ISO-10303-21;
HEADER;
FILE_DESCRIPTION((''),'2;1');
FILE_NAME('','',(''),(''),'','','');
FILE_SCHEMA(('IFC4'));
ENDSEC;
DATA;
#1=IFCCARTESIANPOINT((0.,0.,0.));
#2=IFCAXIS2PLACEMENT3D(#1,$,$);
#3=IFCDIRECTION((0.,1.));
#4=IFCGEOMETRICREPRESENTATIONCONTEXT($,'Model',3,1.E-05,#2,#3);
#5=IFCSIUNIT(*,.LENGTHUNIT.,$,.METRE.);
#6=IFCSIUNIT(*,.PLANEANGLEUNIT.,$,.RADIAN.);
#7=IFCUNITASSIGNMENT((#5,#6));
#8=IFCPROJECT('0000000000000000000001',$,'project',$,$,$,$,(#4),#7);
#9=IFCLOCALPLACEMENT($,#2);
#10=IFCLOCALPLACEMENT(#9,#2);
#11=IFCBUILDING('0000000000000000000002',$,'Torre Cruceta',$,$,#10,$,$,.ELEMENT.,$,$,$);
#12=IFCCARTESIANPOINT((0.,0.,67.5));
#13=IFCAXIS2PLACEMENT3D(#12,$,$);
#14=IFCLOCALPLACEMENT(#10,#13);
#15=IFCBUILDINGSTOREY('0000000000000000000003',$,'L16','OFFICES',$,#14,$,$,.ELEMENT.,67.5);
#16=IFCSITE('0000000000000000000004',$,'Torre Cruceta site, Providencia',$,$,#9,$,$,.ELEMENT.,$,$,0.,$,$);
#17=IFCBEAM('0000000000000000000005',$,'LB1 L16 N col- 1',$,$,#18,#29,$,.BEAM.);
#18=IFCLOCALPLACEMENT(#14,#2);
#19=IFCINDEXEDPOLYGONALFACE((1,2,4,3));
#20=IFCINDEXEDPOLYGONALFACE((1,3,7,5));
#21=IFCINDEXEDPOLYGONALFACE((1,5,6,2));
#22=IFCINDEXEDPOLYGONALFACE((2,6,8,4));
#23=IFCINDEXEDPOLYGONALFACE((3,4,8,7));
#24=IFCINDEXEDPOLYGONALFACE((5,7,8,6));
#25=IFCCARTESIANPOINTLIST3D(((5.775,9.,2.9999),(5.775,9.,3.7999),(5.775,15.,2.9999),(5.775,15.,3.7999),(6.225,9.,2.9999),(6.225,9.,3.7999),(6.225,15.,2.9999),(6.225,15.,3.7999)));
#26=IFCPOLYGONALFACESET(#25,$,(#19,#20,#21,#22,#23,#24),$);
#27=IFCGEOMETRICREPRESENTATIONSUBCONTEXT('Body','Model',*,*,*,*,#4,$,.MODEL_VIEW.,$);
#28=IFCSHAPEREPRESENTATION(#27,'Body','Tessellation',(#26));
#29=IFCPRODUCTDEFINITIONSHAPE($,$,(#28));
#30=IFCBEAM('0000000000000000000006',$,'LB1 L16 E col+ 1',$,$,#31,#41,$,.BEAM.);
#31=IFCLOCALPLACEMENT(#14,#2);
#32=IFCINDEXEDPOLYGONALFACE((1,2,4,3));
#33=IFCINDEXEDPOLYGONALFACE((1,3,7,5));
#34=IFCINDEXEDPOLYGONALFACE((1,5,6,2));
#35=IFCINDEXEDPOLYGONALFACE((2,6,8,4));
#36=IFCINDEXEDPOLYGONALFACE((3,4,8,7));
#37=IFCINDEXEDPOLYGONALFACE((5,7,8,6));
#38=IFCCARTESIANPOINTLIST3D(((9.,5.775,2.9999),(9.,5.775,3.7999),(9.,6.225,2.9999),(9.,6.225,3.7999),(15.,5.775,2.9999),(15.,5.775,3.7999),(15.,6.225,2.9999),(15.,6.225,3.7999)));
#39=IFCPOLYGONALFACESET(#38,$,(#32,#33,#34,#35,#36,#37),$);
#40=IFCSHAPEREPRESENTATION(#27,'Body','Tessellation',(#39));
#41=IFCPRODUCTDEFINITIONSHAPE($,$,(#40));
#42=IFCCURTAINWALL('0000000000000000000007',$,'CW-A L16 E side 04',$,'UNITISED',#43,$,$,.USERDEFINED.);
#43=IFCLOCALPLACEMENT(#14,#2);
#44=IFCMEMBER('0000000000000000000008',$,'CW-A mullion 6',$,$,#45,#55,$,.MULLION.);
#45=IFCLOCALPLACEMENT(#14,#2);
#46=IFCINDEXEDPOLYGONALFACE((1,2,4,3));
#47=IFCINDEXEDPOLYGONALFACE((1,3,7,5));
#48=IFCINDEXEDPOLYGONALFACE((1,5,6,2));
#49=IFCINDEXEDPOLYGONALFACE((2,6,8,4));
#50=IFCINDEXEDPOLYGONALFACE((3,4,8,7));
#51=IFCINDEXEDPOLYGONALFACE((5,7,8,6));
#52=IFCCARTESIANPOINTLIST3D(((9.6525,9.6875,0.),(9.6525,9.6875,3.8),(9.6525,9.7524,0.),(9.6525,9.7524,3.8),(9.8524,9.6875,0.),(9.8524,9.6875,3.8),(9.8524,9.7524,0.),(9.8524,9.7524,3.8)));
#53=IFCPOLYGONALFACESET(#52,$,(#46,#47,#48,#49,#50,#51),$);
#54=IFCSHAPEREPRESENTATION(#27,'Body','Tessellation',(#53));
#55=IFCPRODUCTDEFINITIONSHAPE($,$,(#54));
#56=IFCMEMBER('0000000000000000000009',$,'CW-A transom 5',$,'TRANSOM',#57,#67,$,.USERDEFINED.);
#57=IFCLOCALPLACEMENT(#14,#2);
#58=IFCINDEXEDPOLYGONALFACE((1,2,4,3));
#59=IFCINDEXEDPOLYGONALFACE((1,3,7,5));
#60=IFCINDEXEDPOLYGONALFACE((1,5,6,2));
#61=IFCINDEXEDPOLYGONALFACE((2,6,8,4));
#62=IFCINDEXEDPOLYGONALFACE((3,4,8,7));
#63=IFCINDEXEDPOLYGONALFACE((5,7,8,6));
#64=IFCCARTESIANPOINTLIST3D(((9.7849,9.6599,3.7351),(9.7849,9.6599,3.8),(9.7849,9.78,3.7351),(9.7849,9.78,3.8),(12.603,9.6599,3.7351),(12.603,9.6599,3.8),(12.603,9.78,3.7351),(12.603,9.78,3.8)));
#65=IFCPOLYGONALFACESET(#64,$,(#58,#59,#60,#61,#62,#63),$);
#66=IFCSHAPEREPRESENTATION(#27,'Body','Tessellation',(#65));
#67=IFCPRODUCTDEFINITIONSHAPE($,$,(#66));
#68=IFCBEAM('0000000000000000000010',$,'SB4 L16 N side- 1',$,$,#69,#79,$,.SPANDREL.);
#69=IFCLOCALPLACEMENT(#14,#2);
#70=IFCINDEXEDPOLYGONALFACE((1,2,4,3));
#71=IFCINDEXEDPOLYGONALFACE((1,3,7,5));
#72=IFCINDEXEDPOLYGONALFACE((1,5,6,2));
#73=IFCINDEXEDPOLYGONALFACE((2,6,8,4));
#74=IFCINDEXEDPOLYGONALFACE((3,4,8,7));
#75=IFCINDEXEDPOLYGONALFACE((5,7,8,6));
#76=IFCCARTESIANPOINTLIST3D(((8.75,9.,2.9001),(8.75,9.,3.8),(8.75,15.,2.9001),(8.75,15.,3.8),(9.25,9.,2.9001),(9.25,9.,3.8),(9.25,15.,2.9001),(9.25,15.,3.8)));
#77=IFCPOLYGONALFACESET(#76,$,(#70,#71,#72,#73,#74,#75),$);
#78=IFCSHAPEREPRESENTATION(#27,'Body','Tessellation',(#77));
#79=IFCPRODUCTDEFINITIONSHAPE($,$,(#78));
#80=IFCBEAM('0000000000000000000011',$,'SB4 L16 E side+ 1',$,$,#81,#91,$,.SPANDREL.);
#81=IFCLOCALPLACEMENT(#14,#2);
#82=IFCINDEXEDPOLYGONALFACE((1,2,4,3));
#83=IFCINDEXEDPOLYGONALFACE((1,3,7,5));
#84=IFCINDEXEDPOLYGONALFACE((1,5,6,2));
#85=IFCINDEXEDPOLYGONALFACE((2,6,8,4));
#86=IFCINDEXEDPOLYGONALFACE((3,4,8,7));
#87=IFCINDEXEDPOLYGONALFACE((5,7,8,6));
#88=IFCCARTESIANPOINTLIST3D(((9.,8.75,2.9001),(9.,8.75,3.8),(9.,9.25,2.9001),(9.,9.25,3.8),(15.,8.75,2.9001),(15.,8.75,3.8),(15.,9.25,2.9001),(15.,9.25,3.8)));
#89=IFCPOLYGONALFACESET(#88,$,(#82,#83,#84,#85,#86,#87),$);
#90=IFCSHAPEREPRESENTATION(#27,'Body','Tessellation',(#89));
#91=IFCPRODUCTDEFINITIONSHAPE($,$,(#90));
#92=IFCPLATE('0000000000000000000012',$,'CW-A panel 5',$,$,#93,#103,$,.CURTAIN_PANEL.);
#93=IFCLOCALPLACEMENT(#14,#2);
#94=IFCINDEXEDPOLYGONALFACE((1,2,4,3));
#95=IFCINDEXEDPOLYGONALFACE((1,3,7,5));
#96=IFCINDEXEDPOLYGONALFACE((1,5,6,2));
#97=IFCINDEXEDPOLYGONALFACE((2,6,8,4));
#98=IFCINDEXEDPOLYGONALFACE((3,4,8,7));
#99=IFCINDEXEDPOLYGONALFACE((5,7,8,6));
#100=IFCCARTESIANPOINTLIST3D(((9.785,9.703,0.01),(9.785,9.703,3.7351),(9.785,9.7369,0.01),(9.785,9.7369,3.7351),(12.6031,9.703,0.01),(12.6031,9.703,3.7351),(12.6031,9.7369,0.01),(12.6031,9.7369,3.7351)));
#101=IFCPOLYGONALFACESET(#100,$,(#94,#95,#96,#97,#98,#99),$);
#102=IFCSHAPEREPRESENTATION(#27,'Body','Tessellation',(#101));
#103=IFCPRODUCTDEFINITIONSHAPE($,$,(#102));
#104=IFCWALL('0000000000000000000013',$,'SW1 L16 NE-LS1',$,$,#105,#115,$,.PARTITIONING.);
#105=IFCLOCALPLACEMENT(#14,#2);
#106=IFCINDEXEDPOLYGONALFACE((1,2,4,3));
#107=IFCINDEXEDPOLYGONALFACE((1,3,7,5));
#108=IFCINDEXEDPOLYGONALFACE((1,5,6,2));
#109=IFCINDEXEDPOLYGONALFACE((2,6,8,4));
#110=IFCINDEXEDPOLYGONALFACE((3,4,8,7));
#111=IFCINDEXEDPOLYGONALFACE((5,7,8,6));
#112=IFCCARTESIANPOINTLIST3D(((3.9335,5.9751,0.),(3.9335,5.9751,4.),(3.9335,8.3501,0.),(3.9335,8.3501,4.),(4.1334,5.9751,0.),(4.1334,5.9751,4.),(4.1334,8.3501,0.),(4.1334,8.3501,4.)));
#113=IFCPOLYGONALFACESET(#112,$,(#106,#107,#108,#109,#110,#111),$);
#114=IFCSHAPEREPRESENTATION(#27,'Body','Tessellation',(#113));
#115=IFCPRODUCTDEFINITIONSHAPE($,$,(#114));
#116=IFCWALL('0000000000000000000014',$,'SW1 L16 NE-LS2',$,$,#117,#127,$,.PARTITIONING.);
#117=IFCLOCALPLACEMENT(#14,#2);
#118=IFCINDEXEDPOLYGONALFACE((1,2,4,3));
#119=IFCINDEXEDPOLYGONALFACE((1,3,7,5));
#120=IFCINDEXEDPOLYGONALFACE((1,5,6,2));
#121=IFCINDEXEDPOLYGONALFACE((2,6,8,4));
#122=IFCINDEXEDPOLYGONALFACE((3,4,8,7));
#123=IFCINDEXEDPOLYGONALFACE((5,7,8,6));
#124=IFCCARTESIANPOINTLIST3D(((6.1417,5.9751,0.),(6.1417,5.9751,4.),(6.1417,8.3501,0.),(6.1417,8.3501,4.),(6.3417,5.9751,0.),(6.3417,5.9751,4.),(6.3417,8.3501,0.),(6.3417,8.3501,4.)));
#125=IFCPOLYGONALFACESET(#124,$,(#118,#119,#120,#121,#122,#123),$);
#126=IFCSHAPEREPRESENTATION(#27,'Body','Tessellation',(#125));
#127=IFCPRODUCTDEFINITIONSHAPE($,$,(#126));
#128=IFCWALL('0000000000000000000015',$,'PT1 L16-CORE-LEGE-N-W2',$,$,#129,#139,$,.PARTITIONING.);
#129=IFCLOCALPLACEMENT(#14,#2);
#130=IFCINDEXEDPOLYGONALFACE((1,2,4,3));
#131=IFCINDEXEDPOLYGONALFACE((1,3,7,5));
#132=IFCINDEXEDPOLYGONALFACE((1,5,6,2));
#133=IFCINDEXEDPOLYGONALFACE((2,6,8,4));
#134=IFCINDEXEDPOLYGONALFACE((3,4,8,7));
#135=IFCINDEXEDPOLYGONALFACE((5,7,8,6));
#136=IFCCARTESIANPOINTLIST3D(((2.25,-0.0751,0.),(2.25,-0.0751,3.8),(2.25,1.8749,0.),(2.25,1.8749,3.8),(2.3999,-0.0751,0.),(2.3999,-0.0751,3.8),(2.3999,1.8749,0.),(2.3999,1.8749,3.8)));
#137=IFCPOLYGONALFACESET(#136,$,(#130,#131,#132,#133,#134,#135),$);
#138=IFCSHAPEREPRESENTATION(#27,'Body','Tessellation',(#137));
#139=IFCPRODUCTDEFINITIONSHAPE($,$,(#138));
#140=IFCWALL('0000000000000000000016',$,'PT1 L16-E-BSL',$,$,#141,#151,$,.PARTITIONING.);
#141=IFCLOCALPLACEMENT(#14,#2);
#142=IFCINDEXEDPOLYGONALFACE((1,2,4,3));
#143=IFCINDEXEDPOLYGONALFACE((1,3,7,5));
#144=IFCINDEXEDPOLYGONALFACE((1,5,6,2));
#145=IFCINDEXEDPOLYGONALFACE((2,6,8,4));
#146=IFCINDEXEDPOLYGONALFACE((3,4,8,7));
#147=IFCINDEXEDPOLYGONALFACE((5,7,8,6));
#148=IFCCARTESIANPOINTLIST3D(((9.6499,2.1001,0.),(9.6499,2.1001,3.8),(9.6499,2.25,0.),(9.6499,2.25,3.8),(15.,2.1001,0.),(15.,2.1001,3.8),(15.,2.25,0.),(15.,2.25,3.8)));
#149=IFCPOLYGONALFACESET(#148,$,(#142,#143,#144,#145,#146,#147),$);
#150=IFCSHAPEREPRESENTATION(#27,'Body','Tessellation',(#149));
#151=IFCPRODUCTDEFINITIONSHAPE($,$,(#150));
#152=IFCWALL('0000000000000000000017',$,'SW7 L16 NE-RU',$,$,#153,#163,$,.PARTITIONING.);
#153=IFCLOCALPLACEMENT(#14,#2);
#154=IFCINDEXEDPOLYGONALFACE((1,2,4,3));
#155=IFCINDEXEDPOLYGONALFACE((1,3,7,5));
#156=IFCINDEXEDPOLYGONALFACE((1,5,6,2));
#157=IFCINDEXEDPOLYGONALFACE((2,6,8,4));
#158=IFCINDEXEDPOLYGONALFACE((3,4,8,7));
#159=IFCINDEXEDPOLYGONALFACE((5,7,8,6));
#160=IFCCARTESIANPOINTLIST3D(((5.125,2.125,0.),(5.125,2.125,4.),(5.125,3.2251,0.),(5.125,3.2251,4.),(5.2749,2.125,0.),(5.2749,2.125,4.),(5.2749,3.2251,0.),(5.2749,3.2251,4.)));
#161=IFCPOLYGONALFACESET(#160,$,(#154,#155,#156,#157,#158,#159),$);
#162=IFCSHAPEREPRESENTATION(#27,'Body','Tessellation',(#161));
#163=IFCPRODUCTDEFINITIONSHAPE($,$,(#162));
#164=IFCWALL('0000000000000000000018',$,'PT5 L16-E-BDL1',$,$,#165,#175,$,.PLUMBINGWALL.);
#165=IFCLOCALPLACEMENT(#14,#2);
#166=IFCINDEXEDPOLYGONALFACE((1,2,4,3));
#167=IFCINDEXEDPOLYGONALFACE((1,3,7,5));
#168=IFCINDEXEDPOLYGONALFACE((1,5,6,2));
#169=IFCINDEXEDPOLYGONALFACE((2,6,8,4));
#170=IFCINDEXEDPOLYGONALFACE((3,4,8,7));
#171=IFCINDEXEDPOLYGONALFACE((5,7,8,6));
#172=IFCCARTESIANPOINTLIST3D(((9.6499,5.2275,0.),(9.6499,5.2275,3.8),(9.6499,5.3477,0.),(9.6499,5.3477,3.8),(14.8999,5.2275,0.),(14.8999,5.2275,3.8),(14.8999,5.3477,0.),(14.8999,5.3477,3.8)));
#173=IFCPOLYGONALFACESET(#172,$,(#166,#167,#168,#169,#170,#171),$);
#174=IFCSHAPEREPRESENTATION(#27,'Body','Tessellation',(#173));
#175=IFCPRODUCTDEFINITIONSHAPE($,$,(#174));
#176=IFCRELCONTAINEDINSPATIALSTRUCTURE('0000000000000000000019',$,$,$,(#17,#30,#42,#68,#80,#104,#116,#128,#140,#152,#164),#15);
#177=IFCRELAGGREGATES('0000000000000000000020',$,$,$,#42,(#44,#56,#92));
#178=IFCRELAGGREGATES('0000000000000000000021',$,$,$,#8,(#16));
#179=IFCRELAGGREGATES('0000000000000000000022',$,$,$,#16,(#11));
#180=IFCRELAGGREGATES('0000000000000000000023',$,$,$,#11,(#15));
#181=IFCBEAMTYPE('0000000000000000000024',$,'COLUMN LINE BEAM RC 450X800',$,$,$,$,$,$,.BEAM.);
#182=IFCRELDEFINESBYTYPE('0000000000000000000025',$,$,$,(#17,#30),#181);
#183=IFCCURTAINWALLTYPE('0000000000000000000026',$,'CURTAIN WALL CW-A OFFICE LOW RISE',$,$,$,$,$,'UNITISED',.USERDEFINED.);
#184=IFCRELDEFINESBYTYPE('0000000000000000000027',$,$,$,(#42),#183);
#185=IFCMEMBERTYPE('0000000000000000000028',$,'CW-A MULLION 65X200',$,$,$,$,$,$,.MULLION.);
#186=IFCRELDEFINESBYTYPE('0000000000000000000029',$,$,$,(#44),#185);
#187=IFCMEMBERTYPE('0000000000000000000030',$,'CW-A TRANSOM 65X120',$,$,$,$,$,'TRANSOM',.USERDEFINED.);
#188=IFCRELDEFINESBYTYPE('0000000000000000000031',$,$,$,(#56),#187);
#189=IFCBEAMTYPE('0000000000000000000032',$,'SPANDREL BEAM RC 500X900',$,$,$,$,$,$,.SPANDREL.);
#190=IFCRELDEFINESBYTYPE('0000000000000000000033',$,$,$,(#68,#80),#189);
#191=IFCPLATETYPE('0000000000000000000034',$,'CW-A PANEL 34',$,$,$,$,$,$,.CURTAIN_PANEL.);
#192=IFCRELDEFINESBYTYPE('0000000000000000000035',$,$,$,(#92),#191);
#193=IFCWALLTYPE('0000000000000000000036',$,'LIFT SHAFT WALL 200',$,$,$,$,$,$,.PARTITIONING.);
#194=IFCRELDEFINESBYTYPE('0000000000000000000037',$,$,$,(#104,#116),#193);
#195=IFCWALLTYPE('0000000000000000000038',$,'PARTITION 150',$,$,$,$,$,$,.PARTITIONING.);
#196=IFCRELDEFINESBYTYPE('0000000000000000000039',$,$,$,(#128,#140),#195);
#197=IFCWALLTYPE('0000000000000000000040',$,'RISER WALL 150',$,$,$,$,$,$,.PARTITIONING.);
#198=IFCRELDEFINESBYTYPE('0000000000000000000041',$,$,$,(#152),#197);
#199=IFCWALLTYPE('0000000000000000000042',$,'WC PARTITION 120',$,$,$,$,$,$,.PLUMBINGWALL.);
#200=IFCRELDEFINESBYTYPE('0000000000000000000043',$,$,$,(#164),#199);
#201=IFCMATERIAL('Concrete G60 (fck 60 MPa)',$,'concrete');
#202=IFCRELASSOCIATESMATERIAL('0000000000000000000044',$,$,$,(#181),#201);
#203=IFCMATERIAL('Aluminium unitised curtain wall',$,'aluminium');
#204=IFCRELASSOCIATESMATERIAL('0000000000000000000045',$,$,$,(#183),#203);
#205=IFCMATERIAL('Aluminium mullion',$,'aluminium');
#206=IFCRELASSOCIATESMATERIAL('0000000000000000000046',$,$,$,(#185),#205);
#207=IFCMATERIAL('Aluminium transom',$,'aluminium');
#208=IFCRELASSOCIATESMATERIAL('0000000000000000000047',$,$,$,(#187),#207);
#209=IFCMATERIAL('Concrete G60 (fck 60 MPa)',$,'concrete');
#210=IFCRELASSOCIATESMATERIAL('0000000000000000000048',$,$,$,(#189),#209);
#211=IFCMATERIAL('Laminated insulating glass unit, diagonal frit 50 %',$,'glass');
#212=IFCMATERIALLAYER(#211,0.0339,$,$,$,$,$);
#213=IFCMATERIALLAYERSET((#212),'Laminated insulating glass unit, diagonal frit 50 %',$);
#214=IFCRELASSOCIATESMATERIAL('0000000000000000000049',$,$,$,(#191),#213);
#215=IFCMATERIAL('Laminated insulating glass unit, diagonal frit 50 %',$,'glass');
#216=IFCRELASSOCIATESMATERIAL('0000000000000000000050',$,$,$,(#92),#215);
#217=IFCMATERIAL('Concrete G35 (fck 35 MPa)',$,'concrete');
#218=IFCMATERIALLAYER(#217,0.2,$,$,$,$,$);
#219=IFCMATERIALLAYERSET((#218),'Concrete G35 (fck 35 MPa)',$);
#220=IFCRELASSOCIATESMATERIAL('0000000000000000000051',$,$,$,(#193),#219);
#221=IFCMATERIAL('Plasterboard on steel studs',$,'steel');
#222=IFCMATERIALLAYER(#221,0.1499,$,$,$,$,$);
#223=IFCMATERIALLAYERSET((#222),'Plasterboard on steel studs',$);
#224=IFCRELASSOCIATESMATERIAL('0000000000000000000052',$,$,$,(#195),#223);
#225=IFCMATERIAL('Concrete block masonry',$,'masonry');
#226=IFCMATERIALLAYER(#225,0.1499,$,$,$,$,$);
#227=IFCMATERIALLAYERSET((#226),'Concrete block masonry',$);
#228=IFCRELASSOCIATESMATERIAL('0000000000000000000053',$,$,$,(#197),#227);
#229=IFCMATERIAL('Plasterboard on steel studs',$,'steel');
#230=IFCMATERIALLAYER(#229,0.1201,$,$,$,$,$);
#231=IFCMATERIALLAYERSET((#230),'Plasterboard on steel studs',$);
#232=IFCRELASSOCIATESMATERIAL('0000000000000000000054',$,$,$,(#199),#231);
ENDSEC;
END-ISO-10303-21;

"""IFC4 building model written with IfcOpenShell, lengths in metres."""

from ifc_helpers import new_model, si_unit, direction, frame, frame_2d, origin, origin_2d, place, context, subcontext, project, spatial, rectangle, extrude, material, layer, layer_set, material_profile, profile_set, type_object, element, aggregate, save


model = new_model("IFC4")

# Units and contexts
model_context = context("Model", 3, precision=1e-05, world=origin(), true_north=direction((0.0, 1.0)))
body_context = subcontext(model_context, "Body", "Model", "MODEL_VIEW")
ifc_project = project(units=[si_unit("LENGTHUNIT", "METRE"), si_unit("PLANEANGLEUNIT", "RADIAN")], contexts=[model_context])

# Site, building, storey
site_placement = place(None, origin())
site = spatial("IfcSite", under=ifc_project, at=site_placement, Name="Torre Cruceta site, Providencia", CompositionType="ELEMENT", RefElevation=0.0)
building_placement = place(site_placement, origin())
building = spatial("IfcBuilding", under=site, at=building_placement, Name="Torre Cruceta", CompositionType="ELEMENT")
storey_placement = place(building_placement, frame((0.0, 0.0, 67.5)))
storey = spatial("IfcBuildingStorey", under=building, at=storey_placement, Name="L16", Description="OFFICES", CompositionType="ELEMENT", Elevation=67.5)

# Beams
ifc_material_1 = material(Name="Concrete G60 (fck 60 MPa)", Category="concrete")
ifc_material_profile_1 = material_profile(ifc_material_1, rectangle(XDim=0.45, YDim=0.8, at=origin_2d()), Name="RC 450X800")
ifc_profile_set_1 = profile_set([ifc_material_profile_1], Name="Concrete G60 (fck 60 MPa)")
beam_type_1 = type_object("IfcBeamType", Name="COLUMN LINE BEAM RC 450X800", PredefinedType="BEAM", material=ifc_profile_set_1)
for number, where, z_axis, x_axis, name in (
    (1, (6.0, 9.0, 3.3999), (0.0, 1.0, 0.0), (-1.0, 0.0, 0.0), "LB1 L16 N col- 1"),
    (2, (9.0, 6.0, 3.3999), (1.0, 0.0, 0.0), (0.0, 1.0, 0.0), "LB1 L16 E col+ 1"),
):
    element("IfcBeam", number, at=place(storey_placement, frame(where, z_axis=z_axis, x_axis=x_axis)), inside=storey, type_object=beam_type_1, Name=name, PredefinedType="BEAM", context=body_context, shape_type="SweptSolid", body=[
        extrude(rectangle(XDim=0.45, YDim=0.8, at=origin_2d()), origin(), (0.0, 0.0, 1.0), 6.0),
    ])

# Curtain wall, members
ifc_material_2 = material(Name="Aluminium unitised curtain wall", Category="aluminium")
curtain_wall_type = type_object("IfcCurtainWallType", Name="CURTAIN WALL CW-A OFFICE LOW RISE", ElementType="UNITISED", PredefinedType="USERDEFINED", material=ifc_material_2)
curtain_wall_placement = place(storey_placement, origin())
curtain_wall = element("IfcCurtainWall", 3, at=curtain_wall_placement, inside=storey, type_object=curtain_wall_type, Name="CW-A L16 E side 04", ObjectType="UNITISED", PredefinedType="USERDEFINED")
ifc_material_3 = material(Name="Aluminium mullion", Category="aluminium")
ifc_material_profile_2 = material_profile(ifc_material_3, rectangle(XDim=0.0649, YDim=0.2, at=origin_2d()), Name="AL 65X200")
ifc_profile_set_2 = profile_set([ifc_material_profile_2], Name="Aluminium mullion")
member_type_1 = type_object("IfcMemberType", Name="CW-A MULLION 65X200", PredefinedType="MULLION", material=ifc_profile_set_2)
member_1_placement = place(storey_placement, frame((9.7524, 9.72, 0.0), z_axis=(0.0, 0.0, 1.0), x_axis=(0.0, -1.0, 0.0)))
member_1 = element("IfcMember", 4, at=member_1_placement, type_object=member_type_1, Name="CW-A mullion 6", PredefinedType="MULLION", context=body_context, shape_type="SweptSolid", body=[
    extrude(rectangle(XDim=0.0649, YDim=0.2, at=origin_2d()), origin(), (0.0, 0.0, 1.0), 3.8),
])
ifc_material_4 = material(Name="Aluminium transom", Category="aluminium")
ifc_material_profile_3 = material_profile(ifc_material_4, rectangle(XDim=0.1201, YDim=0.0649, at=origin_2d()), Name="AL 120X65")
ifc_profile_set_3 = profile_set([ifc_material_profile_3], Name="Aluminium transom")
member_type_2 = type_object("IfcMemberType", Name="CW-A TRANSOM 65X120", ElementType="TRANSOM", PredefinedType="USERDEFINED", material=ifc_profile_set_3)
member_2_placement = place(storey_placement, frame((12.603, 9.72, 3.7676), z_axis=(-1.0, 0.0, 0.0), x_axis=(0.0, -1.0, 0.0)))
member_2 = element("IfcMember", 5, at=member_2_placement, type_object=member_type_2, Name="CW-A transom 5", ObjectType="TRANSOM", PredefinedType="USERDEFINED", context=body_context, shape_type="SweptSolid", body=[
    extrude(rectangle(XDim=0.1201, YDim=0.0649, at=origin_2d()), origin(), (0.0, 0.0, 1.0), 2.8181),
])

# Beams
ifc_material_5 = material(Name="Concrete G60 (fck 60 MPa)", Category="concrete")
ifc_material_profile_4 = material_profile(ifc_material_5, rectangle(XDim=0.5, YDim=0.8999, at=origin_2d()), Name="RC 500X900")
ifc_profile_set_4 = profile_set([ifc_material_profile_4], Name="Concrete G60 (fck 60 MPa)")
beam_type_2 = type_object("IfcBeamType", Name="SPANDREL BEAM RC 500X900", PredefinedType="SPANDREL", material=ifc_profile_set_4)
for number, where, z_axis, x_axis, name in (
    (6, (9.0, 9.0, 3.3501), (0.0, 1.0, 0.0), (-1.0, 0.0, 0.0), "SB4 L16 N side- 1"),
    (7, (9.0, 9.0, 3.3501), (1.0, 0.0, 0.0), (0.0, 1.0, 0.0), "SB4 L16 E side+ 1"),
):
    element("IfcBeam", number, at=place(storey_placement, frame(where, z_axis=z_axis, x_axis=x_axis)), inside=storey, type_object=beam_type_2, Name=name, PredefinedType="SPANDREL", context=body_context, shape_type="SweptSolid", body=[
        extrude(rectangle(XDim=0.5, YDim=0.8999, at=origin_2d()), origin(), (0.0, 0.0, 1.0), 6.0),
    ])

# Plate
ifc_material_6 = material(Name="Laminated insulating glass unit, diagonal frit 50 %", Category="glass")
ifc_material_7 = material(Name="Laminated insulating glass unit, diagonal frit 50 %", Category="glass")
ifc_layer_1 = layer(ifc_material_7, 0.0339)
ifc_layer_set_1 = layer_set([ifc_layer_1], Name="Laminated insulating glass unit, diagonal frit 50 %")
plate_type = type_object("IfcPlateType", Name="CW-A PANEL 34", PredefinedType="CURTAIN_PANEL", material=ifc_layer_set_1)
plate_placement = place(storey_placement, frame((11.1941, 9.72, 0.01), z_axis=(0.0, 0.0, 1.0), x_axis=(-1.0, 0.0, 0.0)))
plate = element("IfcPlate", 8, at=plate_placement, type_object=plate_type, material=ifc_material_6, Name="CW-A panel 5", PredefinedType="CURTAIN_PANEL", context=body_context, shape_type="SweptSolid", body=[
    extrude(rectangle(XDim=2.8181, YDim=0.0339, at=origin_2d()), origin(), (0.0, 0.0, 1.0), 3.7251),
])
aggregate(curtain_wall, [member_1, member_2, plate])

# Walls
ifc_material_8 = material(Name="Concrete G35 (fck 35 MPa)", Category="concrete")
ifc_layer_2 = layer(ifc_material_8, 0.2)
ifc_layer_set_2 = layer_set([ifc_layer_2], Name="Concrete G35 (fck 35 MPa)")
wall_type_1 = type_object("IfcWallType", Name="LIFT SHAFT WALL 200", PredefinedType="PARTITIONING", material=ifc_layer_set_2)
for number, where, z_axis, x_axis, name in (
    (9, (4.0334, 5.9751, 0.0), (0.0, 0.0, 1.0), (0.0, 1.0, 0.0), "SW1 L16 NE-LS1"),
    (10, (6.2417, 5.9751, 0.0), (0.0, 0.0, 1.0), (0.0, 1.0, 0.0), "SW1 L16 NE-LS2"),
):
    element("IfcWall", number, at=place(storey_placement, frame(where, z_axis=z_axis, x_axis=x_axis)), inside=storey, type_object=wall_type_1, Name=name, PredefinedType="PARTITIONING", context=body_context, shape_type="SweptSolid", body=[
        extrude(rectangle(XDim=2.375, YDim=0.2, at=frame_2d((1.1875, 0.0))), origin(), (0.0, 0.0, 1.0), 4.0),
    ])
ifc_material_9 = material(Name="Plasterboard on steel studs", Category="steel")
ifc_layer_3 = layer(ifc_material_9, 0.1499)
ifc_layer_set_3 = layer_set([ifc_layer_3], Name="Plasterboard on steel studs")
wall_type_2 = type_object("IfcWallType", Name="PARTITION 150", PredefinedType="PARTITIONING", material=ifc_layer_set_3)
wall_1_placement = place(storey_placement, frame((2.325, 1.875, 0.0), z_axis=(0.0, 0.0, 1.0), x_axis=(0.0, -1.0, 0.0)))
element("IfcWall", 11, at=wall_1_placement, inside=storey, type_object=wall_type_2, Name="PT1 L16-CORE-LEGE-N-W2", PredefinedType="PARTITIONING", context=body_context, shape_type="SweptSolid", body=[
    extrude(rectangle(XDim=1.95, YDim=0.1499, at=frame_2d((0.9751, 0.0))), origin(), (0.0, 0.0, 1.0), 3.8),
])
wall_2_placement = place(storey_placement, frame((9.6499, 2.175, 0.0), z_axis=(0.0, 0.0, 1.0), x_axis=(1.0, 0.0, 0.0)))
element("IfcWall", 12, at=wall_2_placement, inside=storey, type_object=wall_type_2, Name="PT1 L16-E-BSL", PredefinedType="PARTITIONING", context=body_context, shape_type="SweptSolid", body=[
    extrude(rectangle(XDim=5.3501, YDim=0.1499, at=frame_2d((2.675, 0.0))), origin(), (0.0, 0.0, 1.0), 3.8),
])
ifc_material_10 = material(Name="Concrete block masonry", Category="masonry")
ifc_layer_4 = layer(ifc_material_10, 0.1499)
ifc_layer_set_4 = layer_set([ifc_layer_4], Name="Concrete block masonry")
wall_type_3 = type_object("IfcWallType", Name="RISER WALL 150", PredefinedType="PARTITIONING", material=ifc_layer_set_4)
wall_3_placement = place(storey_placement, frame((5.2, 2.125, 0.0), z_axis=(0.0, 0.0, 1.0), x_axis=(0.0, 1.0, 0.0)))
element("IfcWall", 13, at=wall_3_placement, inside=storey, type_object=wall_type_3, Name="SW7 L16 NE-RU", PredefinedType="PARTITIONING", context=body_context, shape_type="SweptSolid", body=[
    extrude(rectangle(XDim=1.1001, YDim=0.1499, at=frame_2d((0.55, 0.0))), origin(), (0.0, 0.0, 1.0), 4.0),
])
ifc_material_11 = material(Name="Plasterboard on steel studs", Category="steel")
ifc_layer_5 = layer(ifc_material_11, 0.1201)
ifc_layer_set_5 = layer_set([ifc_layer_5], Name="Plasterboard on steel studs")
wall_type_4 = type_object("IfcWallType", Name="WC PARTITION 120", PredefinedType="PLUMBINGWALL", material=ifc_layer_set_5)
wall_4_placement = place(storey_placement, frame((9.6499, 5.2876, 0.0), z_axis=(0.0, 0.0, 1.0), x_axis=(1.0, 0.0, 0.0)))
element("IfcWall", 14, at=wall_4_placement, inside=storey, type_object=wall_type_4, Name="PT5 L16-E-BDL1", PredefinedType="PLUMBINGWALL", context=body_context, shape_type="SweptSolid", body=[
    extrude(rectangle(XDim=5.25, YDim=0.1201, at=frame_2d((2.625, 0.0))), origin(), (0.0, 0.0, 1.0), 3.8),
])

save(model, "model.ifc")
